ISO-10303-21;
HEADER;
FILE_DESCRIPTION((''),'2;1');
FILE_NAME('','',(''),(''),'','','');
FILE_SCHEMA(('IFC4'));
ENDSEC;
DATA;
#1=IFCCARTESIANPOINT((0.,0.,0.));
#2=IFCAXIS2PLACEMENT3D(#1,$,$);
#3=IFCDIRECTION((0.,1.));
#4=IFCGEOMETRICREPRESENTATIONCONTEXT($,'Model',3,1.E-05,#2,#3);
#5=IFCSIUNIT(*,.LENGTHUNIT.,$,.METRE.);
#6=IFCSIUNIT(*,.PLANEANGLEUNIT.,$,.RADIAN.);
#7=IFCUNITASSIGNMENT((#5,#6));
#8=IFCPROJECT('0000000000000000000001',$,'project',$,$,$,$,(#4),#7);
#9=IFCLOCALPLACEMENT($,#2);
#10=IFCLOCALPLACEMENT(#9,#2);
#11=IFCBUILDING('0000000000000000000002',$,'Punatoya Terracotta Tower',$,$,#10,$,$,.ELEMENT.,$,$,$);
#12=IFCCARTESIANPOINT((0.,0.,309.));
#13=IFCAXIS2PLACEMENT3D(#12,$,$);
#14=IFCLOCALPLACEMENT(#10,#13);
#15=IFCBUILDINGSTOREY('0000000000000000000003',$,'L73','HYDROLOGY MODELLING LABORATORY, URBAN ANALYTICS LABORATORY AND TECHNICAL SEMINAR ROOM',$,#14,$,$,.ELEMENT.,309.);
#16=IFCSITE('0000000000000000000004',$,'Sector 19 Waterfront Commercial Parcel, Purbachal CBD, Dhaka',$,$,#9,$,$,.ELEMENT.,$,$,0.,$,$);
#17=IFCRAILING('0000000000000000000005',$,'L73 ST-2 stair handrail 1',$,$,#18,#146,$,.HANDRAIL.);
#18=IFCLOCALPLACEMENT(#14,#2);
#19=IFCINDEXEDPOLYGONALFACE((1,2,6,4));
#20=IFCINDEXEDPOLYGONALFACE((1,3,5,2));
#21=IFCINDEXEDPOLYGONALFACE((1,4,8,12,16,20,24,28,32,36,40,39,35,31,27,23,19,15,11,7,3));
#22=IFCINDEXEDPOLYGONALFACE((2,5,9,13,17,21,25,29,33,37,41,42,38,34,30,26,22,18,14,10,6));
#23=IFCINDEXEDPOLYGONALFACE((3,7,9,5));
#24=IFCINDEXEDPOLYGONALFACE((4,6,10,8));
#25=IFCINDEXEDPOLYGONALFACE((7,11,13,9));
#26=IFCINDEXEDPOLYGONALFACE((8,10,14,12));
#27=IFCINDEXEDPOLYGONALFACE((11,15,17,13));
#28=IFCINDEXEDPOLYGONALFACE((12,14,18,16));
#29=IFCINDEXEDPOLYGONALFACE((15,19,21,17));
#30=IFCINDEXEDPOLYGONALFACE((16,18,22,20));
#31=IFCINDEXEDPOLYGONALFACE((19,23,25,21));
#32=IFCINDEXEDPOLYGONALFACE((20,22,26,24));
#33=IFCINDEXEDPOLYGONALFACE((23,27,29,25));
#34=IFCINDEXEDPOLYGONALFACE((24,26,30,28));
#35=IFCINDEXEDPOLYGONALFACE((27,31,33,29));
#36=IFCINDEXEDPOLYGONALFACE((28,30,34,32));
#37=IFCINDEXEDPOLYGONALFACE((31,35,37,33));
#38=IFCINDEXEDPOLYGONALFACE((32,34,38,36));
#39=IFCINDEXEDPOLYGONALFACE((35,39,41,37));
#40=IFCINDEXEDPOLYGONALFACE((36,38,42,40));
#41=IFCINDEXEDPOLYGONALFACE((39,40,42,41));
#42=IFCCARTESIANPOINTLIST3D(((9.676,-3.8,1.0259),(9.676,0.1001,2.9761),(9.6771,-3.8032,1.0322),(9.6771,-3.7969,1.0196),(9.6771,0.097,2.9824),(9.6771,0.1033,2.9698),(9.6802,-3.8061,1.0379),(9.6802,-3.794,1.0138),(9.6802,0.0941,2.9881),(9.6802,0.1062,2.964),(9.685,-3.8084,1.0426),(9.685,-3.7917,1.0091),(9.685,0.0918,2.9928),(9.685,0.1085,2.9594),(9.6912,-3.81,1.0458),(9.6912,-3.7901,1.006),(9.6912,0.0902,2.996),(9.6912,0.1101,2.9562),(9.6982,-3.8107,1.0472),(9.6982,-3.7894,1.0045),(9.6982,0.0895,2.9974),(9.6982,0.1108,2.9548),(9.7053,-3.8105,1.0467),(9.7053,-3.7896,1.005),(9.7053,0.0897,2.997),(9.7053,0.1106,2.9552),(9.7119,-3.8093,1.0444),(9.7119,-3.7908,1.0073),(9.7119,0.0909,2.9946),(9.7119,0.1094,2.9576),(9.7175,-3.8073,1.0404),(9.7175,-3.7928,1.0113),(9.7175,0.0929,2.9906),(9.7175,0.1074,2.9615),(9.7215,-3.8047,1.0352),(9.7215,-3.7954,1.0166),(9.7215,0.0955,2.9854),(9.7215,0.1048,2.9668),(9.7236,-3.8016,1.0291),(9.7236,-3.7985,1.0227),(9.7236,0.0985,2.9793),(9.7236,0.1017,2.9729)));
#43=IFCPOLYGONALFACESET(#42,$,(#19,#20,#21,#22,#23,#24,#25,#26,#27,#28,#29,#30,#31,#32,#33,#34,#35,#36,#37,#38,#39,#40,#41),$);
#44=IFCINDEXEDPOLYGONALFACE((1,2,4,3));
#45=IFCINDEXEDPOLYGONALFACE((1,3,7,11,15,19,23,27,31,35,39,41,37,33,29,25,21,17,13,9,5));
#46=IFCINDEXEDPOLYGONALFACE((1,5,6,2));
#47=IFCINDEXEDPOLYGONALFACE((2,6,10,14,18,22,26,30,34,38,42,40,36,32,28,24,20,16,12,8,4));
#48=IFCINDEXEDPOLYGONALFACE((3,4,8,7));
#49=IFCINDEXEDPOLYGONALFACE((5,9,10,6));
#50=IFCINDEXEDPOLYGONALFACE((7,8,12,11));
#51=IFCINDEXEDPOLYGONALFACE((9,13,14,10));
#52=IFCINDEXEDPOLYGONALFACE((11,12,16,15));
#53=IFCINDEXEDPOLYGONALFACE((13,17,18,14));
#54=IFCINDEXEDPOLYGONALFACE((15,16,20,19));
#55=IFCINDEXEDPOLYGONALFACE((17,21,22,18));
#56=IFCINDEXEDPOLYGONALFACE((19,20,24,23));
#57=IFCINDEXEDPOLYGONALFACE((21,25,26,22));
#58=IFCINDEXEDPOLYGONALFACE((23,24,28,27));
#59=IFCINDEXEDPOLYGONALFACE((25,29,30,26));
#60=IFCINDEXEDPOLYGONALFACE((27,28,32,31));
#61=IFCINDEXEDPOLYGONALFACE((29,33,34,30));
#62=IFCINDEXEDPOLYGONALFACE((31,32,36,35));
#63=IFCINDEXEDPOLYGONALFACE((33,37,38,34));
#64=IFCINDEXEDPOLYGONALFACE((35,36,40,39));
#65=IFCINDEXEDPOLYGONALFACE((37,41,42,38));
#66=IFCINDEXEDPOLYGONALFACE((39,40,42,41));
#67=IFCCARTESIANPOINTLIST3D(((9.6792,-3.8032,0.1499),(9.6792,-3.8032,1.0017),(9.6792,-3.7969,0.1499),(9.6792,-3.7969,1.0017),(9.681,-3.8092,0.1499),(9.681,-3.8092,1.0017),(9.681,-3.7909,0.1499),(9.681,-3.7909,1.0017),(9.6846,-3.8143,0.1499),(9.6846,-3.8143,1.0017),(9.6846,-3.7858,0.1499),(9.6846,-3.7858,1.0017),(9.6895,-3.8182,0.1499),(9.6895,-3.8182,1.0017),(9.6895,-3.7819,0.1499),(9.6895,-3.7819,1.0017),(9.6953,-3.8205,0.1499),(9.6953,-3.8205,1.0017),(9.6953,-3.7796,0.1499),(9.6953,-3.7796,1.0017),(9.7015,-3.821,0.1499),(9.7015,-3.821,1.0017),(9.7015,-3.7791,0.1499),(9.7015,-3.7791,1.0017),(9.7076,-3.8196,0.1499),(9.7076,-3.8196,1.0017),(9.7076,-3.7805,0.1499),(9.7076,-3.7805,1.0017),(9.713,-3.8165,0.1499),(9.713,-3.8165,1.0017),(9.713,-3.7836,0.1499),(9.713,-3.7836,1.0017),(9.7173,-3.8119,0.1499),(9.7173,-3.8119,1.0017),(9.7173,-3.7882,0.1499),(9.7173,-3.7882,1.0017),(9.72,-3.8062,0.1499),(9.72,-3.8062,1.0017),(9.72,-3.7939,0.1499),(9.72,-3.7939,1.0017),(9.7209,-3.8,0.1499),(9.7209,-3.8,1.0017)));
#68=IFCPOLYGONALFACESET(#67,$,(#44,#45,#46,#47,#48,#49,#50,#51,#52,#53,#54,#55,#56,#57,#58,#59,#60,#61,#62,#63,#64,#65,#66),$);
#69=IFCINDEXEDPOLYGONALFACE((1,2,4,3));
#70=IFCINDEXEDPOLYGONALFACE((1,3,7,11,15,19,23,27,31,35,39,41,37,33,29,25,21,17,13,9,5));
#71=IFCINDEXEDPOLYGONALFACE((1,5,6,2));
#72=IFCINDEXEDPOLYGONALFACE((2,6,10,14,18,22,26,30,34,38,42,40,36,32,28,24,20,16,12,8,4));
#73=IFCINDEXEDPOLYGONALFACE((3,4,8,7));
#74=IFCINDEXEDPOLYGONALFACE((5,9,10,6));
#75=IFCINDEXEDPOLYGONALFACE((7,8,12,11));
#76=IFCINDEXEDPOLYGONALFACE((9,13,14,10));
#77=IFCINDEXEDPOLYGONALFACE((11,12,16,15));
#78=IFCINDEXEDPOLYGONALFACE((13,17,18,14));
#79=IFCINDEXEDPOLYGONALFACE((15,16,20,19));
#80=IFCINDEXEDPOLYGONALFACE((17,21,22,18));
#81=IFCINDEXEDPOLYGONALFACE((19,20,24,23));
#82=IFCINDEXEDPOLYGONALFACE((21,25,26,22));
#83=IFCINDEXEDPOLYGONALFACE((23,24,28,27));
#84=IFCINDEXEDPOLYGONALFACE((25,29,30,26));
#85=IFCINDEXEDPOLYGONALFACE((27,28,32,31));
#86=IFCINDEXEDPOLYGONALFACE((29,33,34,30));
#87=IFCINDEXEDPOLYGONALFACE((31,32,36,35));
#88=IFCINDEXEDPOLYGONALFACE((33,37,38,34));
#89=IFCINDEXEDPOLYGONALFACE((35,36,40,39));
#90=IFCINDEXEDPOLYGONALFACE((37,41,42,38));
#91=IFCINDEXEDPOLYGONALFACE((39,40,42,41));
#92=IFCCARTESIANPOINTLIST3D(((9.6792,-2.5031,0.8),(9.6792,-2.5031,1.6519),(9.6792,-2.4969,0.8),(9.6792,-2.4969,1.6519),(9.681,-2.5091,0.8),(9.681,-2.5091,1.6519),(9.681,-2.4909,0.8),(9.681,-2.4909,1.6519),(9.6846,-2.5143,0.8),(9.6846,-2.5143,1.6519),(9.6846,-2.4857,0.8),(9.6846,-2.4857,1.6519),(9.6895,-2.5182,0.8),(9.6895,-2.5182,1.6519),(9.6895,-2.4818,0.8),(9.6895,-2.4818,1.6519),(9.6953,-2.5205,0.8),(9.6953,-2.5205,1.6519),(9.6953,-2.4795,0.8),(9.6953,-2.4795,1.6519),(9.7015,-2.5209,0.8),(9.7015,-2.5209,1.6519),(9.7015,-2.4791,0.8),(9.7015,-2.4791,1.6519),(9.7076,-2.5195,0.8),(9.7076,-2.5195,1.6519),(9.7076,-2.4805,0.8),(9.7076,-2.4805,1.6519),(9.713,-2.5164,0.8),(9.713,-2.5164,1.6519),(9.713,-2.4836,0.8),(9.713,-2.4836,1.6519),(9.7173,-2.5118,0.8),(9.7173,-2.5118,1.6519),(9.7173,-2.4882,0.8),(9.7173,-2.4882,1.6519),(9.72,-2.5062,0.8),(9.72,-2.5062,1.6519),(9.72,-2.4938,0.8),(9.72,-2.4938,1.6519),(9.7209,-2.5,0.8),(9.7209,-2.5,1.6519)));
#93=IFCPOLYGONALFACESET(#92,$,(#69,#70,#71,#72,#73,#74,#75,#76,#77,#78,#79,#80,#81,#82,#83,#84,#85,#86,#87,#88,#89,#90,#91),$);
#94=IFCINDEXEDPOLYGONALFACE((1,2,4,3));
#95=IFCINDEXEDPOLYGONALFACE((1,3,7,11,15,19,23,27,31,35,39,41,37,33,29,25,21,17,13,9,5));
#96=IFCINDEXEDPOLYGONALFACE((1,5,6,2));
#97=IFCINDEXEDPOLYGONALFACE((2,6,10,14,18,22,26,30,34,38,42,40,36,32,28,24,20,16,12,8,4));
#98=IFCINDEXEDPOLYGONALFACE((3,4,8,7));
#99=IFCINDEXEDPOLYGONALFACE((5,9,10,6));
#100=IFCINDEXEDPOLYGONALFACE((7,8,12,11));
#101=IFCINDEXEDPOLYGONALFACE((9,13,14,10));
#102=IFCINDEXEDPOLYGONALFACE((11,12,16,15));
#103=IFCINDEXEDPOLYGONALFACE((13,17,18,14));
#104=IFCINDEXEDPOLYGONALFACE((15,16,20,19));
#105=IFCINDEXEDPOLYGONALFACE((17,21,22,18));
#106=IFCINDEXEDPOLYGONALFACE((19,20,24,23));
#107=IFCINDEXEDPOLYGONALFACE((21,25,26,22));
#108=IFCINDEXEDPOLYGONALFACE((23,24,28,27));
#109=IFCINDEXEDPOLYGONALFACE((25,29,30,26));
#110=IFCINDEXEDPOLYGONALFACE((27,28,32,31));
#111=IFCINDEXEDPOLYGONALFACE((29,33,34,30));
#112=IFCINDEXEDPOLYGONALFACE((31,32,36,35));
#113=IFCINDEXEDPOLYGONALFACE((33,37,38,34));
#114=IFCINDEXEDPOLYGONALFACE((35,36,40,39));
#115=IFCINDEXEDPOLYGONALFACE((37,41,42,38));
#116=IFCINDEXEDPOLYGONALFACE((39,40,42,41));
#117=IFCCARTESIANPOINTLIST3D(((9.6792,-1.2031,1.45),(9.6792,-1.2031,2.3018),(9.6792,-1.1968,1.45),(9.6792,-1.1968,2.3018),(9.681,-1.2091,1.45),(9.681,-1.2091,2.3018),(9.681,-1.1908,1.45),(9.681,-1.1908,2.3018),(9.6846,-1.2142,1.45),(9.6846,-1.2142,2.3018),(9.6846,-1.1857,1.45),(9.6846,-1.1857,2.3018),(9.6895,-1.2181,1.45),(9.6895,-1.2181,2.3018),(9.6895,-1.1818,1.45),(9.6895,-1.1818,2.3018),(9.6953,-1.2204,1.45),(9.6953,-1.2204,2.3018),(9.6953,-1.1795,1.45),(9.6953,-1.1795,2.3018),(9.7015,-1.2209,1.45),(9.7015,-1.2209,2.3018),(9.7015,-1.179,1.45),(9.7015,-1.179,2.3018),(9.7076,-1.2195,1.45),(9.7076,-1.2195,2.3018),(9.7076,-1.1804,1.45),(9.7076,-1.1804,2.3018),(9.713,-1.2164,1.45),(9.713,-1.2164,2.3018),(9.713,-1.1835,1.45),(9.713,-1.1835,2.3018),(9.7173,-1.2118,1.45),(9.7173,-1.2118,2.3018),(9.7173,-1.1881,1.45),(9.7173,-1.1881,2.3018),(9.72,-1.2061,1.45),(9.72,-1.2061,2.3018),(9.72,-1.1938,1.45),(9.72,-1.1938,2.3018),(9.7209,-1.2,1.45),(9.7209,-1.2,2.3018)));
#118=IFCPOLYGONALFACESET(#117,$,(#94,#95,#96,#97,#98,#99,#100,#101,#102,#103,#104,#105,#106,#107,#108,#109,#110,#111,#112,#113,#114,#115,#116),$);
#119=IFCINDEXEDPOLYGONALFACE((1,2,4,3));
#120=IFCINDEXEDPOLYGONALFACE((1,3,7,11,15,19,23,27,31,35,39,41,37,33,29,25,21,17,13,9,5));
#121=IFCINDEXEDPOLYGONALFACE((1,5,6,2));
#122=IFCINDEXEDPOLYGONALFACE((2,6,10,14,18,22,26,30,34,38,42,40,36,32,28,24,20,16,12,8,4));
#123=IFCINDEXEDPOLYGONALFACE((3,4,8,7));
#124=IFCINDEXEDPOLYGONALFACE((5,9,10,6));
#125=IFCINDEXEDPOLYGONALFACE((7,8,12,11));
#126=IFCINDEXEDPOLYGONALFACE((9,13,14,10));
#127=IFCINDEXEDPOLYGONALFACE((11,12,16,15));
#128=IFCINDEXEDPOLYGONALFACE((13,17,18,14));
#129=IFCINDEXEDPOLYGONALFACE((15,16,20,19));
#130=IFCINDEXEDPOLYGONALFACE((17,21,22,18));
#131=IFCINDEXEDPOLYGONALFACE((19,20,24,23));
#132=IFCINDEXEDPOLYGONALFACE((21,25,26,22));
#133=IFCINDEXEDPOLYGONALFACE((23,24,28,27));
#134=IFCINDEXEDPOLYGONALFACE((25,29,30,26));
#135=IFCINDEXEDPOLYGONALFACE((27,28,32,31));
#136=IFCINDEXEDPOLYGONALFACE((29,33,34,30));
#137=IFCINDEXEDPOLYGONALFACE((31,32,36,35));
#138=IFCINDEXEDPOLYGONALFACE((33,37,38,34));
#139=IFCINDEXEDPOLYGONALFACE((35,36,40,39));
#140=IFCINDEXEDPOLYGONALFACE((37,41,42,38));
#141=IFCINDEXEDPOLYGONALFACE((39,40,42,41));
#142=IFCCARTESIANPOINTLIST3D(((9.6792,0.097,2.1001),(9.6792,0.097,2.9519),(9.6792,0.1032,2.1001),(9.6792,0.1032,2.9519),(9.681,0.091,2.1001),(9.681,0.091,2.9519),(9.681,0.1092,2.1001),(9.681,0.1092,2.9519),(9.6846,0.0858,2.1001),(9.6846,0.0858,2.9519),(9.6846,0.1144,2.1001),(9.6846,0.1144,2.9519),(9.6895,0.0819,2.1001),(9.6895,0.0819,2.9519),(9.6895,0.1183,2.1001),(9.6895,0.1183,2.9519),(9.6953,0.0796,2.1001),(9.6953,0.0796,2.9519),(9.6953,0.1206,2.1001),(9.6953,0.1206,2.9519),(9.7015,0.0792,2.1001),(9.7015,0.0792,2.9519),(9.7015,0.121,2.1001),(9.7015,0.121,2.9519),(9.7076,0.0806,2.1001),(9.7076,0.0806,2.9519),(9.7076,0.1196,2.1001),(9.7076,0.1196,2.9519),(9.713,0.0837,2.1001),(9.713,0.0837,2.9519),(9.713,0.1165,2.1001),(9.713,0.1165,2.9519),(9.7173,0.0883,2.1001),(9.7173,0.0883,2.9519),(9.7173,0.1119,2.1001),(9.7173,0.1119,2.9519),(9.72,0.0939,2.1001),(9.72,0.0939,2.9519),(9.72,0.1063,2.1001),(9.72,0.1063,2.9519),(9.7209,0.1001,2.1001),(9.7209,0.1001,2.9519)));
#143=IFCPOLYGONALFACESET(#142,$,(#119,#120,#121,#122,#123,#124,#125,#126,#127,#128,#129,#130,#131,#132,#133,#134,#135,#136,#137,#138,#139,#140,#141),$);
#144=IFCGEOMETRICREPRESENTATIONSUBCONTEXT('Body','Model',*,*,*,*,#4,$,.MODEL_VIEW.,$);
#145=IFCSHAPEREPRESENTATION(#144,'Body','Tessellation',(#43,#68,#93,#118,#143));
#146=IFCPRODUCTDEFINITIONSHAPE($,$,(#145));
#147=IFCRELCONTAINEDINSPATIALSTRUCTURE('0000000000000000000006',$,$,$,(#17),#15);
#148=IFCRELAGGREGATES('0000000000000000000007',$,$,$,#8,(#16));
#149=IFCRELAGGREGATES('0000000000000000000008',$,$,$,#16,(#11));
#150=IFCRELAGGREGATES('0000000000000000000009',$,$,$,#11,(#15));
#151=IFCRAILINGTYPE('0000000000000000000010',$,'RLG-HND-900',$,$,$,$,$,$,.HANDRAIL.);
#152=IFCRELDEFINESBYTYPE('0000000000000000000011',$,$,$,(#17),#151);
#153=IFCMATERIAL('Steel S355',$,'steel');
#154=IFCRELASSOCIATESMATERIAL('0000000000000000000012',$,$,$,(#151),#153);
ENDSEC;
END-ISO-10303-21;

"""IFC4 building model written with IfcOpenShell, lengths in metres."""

from ifc_helpers import new_model, si_unit, direction, frame, origin, origin_2d, place, context, subcontext, project, spatial, circle, extrude, material, type_object, element, save


model = new_model("IFC4")

# Units and contexts
model_context = context("Model", 3, precision=1e-05, world=origin(), true_north=direction((0.0, 1.0)))
body_context = subcontext(model_context, "Body", "Model", "MODEL_VIEW")
ifc_project = project(units=[si_unit("LENGTHUNIT", "METRE"), si_unit("PLANEANGLEUNIT", "RADIAN")], contexts=[model_context])

# Site, building, storey
site_placement = place(None, origin())
site = spatial("IfcSite", under=ifc_project, at=site_placement, Name="Sector 19 Waterfront Commercial Parcel, Purbachal CBD, Dhaka", CompositionType="ELEMENT", RefElevation=0.0)
building_placement = place(site_placement, origin())
building = spatial("IfcBuilding", under=site, at=building_placement, Name="Punatoya Terracotta Tower", CompositionType="ELEMENT")
storey_placement = place(building_placement, frame((0.0, 0.0, 309.0)))
storey = spatial("IfcBuildingStorey", under=building, at=storey_placement, Name="L73", Description="HYDROLOGY MODELLING LABORATORY, URBAN ANALYTICS LABORATORY AND TECHNICAL SEMINAR ROOM", CompositionType="ELEMENT", Elevation=309.0)

# Shared definitions
ifc_material_1 = material(Name="Steel S355", Category="steel")

# Railing
railing_type_1 = type_object("IfcRailingType", Name="RLG-HND-900", PredefinedType="HANDRAIL", material=ifc_material_1)
railing_1_placement = place(storey_placement, frame((9.7, -3.8, 0.1499)))
element("IfcRailing", 1, at=railing_1_placement, inside=storey, type_object=railing_type_1, Name="L73 ST-2 stair handrail 1", PredefinedType="HANDRAIL", context=body_context, shape_type="SweptSolid", body=[
    extrude(circle(Radius=0.0239, at=origin_2d()), frame((0.0, 0.0, 0.876), z_axis=(0.0, 0.894416, 0.447236), x_axis=(-1.0, 0.0, 0.0)), (0.0, 0.0, 1.0), 4.3606),
    extrude(circle(Radius=0.021, at=origin_2d()), origin(), (0.0, 0.0, 1.0), 0.8518),
    extrude(circle(Radius=0.021, at=origin_2d()), frame((0.0, 1.3, 0.6501)), (0.0, 0.0, 1.0), 0.8518),
    extrude(circle(Radius=0.021, at=origin_2d()), frame((0.0, 2.6001, 1.3)), (0.0, 0.0, 1.0), 0.8518),
    extrude(circle(Radius=0.021, at=origin_2d()), frame((0.0, 3.9001, 1.9502)), (0.0, 0.0, 1.0), 0.8518),
])

save(model, "model.ifc")
